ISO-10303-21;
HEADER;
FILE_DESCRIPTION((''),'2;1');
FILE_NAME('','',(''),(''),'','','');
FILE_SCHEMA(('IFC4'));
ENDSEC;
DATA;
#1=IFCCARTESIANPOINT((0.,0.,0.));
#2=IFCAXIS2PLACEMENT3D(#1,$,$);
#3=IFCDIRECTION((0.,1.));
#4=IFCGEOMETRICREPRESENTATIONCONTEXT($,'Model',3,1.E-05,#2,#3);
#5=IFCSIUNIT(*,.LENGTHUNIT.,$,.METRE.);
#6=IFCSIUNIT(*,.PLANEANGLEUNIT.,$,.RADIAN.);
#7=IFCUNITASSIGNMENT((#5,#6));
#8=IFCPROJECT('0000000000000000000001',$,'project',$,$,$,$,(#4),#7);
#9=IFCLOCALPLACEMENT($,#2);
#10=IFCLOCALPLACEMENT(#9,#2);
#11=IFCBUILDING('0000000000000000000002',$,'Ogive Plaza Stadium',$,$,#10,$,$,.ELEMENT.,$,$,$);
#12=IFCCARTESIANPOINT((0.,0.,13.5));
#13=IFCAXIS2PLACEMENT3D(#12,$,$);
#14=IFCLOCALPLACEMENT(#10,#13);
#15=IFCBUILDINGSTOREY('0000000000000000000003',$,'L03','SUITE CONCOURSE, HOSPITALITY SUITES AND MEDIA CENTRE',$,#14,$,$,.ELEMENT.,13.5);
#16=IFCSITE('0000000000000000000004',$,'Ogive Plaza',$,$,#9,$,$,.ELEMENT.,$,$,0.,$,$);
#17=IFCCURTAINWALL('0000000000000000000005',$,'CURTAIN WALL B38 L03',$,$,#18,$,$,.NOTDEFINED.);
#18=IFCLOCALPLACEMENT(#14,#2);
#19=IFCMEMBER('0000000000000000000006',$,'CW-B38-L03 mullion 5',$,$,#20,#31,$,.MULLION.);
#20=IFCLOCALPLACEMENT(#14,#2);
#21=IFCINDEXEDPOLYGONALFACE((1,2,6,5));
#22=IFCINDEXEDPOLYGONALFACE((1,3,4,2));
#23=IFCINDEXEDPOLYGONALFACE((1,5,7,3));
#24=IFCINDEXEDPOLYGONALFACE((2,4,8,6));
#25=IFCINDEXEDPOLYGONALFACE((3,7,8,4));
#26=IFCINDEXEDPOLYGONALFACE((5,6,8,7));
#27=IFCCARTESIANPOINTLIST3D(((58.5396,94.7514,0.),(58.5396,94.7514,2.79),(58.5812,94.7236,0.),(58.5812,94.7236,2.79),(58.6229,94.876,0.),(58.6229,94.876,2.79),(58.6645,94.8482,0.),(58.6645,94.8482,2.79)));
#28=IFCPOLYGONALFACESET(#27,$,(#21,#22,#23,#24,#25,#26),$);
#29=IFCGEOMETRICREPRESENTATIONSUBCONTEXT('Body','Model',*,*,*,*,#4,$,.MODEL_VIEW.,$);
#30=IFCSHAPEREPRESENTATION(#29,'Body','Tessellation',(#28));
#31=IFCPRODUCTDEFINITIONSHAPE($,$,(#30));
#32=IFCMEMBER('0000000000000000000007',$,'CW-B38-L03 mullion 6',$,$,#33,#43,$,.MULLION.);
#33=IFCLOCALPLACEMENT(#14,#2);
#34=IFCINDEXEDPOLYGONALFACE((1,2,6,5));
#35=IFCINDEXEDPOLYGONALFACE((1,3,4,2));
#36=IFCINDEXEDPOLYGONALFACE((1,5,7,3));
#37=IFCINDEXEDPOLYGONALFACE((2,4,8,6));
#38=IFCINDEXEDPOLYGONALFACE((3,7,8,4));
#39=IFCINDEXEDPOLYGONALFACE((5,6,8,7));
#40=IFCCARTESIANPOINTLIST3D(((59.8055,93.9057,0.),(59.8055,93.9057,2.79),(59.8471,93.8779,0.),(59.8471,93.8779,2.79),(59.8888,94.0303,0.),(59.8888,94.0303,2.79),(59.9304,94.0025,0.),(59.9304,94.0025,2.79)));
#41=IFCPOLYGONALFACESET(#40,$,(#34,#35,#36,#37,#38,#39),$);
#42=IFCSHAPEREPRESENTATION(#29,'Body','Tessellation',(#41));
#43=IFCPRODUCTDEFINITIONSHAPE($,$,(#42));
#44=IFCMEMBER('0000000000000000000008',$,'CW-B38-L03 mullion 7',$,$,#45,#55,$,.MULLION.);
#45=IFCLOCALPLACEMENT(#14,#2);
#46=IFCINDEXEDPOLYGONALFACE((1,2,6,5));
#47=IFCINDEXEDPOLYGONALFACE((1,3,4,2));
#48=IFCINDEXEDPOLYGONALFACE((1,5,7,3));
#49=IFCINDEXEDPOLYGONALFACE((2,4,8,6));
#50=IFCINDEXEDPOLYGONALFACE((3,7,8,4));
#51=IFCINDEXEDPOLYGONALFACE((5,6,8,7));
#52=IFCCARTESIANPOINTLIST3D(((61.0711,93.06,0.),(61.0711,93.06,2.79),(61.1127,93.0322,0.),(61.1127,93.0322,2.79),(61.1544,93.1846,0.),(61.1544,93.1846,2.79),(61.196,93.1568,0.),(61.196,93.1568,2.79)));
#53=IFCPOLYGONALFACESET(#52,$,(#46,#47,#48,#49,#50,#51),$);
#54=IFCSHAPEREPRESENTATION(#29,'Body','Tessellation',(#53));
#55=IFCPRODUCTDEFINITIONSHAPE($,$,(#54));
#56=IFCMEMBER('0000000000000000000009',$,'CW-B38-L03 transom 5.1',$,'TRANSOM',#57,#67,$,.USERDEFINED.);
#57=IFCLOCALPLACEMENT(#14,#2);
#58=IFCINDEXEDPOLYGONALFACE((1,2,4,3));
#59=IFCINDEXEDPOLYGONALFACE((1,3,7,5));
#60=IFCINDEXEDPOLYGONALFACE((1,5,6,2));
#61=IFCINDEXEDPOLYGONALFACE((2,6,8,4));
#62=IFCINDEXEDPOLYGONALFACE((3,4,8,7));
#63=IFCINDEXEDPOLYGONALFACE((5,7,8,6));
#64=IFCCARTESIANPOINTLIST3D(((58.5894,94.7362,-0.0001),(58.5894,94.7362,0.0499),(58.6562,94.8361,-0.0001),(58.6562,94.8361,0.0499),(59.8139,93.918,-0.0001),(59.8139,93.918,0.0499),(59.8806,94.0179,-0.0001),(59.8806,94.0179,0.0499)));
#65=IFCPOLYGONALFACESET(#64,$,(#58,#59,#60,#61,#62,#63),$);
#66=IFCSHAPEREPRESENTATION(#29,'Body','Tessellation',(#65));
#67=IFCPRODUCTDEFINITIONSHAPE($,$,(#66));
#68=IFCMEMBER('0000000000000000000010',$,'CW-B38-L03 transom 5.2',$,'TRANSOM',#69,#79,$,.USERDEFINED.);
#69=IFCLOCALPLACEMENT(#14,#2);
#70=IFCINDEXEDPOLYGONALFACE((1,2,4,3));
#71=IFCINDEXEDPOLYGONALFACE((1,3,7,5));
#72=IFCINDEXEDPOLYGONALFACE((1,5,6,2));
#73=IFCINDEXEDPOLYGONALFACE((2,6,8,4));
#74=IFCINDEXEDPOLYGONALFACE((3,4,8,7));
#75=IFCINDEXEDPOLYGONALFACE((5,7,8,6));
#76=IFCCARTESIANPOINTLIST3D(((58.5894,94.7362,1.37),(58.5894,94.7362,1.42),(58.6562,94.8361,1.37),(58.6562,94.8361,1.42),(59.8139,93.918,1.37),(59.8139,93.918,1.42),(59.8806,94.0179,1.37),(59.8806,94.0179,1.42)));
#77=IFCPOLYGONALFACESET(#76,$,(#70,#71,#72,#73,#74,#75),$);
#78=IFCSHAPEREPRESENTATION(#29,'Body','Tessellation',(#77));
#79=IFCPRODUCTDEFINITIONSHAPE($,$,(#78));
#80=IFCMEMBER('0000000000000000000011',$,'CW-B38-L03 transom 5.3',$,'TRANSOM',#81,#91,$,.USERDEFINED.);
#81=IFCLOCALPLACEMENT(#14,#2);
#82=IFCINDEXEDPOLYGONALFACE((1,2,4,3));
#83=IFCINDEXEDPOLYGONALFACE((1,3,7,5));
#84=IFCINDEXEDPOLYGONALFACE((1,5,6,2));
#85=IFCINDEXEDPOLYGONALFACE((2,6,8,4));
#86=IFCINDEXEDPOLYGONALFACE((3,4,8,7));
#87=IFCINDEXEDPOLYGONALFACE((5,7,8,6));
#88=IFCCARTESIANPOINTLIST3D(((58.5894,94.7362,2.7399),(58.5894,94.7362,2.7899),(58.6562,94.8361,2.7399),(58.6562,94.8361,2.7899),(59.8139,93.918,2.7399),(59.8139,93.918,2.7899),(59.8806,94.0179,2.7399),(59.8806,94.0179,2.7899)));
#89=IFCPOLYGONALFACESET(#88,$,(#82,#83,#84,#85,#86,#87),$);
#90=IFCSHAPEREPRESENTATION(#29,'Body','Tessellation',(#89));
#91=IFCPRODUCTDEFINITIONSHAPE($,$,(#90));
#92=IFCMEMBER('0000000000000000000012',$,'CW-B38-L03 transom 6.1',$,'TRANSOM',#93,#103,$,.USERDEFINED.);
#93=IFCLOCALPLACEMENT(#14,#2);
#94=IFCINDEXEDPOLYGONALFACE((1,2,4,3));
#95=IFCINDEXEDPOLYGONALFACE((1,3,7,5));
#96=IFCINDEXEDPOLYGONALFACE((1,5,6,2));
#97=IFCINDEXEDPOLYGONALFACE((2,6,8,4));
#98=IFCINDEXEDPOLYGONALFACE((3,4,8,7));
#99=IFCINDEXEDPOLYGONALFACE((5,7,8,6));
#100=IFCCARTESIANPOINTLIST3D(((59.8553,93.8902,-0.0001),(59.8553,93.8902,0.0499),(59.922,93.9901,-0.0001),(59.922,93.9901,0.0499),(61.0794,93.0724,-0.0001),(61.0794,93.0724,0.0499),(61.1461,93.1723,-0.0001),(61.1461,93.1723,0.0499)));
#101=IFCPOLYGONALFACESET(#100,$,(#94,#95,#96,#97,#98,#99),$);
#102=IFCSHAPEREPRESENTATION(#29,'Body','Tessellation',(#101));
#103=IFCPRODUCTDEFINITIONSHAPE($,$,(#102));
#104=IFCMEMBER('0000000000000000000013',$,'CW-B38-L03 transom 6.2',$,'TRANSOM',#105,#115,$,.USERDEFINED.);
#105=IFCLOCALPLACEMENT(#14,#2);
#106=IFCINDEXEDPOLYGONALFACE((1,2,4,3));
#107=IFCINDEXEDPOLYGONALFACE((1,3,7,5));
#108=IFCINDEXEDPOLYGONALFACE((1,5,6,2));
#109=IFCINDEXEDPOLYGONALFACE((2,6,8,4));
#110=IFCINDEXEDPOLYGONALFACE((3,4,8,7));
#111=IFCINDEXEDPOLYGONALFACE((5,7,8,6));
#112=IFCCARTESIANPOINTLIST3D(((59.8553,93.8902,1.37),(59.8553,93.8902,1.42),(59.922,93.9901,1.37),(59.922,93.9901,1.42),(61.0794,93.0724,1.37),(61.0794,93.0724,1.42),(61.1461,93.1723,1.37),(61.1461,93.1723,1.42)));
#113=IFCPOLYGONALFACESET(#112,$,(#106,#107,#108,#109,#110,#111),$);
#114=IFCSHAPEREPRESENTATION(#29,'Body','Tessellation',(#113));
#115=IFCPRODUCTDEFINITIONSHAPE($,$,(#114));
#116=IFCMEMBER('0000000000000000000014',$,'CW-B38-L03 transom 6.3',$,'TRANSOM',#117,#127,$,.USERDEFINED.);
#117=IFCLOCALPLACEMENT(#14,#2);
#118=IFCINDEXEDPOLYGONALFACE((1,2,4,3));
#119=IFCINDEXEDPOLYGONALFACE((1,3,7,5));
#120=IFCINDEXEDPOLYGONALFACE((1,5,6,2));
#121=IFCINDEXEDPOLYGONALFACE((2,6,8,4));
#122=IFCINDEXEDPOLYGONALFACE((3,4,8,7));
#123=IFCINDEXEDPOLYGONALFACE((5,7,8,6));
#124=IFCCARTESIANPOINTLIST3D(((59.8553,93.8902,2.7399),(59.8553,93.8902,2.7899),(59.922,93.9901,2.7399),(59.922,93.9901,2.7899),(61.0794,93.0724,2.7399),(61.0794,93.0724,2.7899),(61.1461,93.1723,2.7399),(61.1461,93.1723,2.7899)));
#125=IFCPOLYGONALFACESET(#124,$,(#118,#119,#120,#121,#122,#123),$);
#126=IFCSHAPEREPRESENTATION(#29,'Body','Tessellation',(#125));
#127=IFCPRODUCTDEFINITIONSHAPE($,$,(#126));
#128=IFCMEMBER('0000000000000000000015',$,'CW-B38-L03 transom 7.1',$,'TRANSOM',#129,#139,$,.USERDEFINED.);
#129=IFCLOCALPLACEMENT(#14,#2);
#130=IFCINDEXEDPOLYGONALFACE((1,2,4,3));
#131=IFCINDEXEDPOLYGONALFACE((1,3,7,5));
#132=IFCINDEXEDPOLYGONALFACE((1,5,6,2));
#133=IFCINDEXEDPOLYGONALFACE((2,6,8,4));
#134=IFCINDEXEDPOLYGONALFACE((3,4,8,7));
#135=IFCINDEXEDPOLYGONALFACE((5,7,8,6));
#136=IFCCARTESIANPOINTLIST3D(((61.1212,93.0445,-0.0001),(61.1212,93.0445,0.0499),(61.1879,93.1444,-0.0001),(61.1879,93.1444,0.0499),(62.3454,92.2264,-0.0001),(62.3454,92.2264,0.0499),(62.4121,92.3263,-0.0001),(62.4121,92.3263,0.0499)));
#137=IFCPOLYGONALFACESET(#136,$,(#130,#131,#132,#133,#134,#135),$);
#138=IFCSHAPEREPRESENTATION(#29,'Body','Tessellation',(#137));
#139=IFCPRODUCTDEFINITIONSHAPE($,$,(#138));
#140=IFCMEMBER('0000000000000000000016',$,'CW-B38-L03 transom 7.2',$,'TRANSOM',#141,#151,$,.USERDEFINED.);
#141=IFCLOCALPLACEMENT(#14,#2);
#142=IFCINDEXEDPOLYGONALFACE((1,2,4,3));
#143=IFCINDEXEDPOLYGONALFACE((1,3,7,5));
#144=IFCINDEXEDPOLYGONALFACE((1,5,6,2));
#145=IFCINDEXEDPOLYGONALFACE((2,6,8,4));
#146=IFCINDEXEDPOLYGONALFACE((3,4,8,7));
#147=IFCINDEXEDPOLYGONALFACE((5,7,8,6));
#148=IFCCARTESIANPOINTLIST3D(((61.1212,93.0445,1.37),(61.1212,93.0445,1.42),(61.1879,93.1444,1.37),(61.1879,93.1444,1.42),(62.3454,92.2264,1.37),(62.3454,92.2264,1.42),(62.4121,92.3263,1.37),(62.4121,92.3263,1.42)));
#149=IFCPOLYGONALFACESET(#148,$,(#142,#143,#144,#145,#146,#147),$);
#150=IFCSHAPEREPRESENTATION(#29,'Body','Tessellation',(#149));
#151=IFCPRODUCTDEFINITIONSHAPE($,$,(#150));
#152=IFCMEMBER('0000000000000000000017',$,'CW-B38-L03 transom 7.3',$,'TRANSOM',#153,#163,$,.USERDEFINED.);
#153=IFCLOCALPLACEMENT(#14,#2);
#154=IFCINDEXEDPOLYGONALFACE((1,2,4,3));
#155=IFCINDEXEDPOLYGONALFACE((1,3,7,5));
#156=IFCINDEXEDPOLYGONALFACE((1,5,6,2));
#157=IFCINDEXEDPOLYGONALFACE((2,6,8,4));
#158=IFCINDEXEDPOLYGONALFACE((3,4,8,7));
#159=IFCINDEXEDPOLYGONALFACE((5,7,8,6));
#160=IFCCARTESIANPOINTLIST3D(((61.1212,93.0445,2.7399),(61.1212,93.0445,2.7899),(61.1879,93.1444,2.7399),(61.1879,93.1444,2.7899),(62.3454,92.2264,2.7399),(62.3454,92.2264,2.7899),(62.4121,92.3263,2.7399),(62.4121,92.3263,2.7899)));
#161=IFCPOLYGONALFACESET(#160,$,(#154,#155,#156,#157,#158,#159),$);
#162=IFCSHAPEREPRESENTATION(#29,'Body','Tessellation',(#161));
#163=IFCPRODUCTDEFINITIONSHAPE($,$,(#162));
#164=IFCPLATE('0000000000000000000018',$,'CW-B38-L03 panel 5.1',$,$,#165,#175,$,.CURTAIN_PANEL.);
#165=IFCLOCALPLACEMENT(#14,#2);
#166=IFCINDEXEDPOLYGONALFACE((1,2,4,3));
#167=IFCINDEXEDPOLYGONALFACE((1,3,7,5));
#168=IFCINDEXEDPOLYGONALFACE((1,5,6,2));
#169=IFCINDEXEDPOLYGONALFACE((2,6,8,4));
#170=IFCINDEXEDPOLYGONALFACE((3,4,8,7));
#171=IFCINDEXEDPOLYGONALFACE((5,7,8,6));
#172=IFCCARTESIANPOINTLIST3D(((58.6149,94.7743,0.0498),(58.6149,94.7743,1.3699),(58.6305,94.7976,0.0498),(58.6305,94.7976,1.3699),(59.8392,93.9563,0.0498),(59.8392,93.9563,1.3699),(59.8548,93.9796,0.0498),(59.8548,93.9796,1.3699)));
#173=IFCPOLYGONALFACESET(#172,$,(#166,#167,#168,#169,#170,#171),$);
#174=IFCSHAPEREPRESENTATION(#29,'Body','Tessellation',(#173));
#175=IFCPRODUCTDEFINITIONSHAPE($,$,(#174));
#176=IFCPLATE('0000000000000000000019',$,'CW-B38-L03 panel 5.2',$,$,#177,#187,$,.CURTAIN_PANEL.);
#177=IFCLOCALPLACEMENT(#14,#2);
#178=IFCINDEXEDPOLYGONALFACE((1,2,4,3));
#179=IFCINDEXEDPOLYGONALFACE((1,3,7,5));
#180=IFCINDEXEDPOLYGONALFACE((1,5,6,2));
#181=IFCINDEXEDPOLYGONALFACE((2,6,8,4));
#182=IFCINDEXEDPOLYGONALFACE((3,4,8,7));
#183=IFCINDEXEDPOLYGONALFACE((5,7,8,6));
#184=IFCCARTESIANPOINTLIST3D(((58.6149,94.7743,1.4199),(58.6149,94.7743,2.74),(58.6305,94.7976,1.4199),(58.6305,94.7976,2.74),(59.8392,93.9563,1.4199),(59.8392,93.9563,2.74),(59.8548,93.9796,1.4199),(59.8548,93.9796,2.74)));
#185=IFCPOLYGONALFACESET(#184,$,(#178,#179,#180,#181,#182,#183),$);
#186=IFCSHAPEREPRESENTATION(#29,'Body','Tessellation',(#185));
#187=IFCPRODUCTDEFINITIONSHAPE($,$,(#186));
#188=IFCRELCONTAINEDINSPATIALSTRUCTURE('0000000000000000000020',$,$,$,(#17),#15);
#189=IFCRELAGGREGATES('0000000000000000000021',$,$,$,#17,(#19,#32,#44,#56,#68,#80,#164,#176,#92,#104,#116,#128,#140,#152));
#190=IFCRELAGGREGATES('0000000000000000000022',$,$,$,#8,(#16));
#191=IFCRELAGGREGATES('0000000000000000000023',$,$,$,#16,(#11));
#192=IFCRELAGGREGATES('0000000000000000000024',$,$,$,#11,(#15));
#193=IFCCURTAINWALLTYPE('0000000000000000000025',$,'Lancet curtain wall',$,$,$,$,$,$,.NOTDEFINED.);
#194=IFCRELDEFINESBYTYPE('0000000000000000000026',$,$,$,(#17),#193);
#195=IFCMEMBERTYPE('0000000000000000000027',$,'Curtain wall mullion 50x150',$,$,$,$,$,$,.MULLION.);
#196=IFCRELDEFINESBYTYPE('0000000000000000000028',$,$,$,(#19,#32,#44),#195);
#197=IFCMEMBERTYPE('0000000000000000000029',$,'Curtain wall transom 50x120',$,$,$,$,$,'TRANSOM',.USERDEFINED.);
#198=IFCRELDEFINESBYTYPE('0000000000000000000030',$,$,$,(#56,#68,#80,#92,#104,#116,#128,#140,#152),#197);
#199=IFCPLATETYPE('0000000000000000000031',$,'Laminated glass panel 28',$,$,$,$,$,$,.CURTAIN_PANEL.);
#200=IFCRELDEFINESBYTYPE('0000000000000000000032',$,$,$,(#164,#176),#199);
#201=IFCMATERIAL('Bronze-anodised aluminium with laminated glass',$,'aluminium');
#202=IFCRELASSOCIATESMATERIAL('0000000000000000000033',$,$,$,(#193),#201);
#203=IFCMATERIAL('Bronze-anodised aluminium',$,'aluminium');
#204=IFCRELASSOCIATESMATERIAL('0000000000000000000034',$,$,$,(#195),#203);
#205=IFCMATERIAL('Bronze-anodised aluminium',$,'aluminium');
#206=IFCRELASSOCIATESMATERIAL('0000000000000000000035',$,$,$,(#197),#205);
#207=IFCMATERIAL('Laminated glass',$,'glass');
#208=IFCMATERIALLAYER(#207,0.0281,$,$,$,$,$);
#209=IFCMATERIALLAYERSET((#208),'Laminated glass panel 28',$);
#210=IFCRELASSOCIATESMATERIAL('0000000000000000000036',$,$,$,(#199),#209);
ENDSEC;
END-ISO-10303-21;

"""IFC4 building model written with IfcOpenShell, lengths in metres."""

from ifc_helpers import new_model, si_unit, direction, frame, origin, origin_2d, place, context, subcontext, project, spatial, rectangle, extrude, material, layer, layer_set, material_profile, profile_set, type_object, element, aggregate, save


model = new_model("IFC4")

# Units and contexts
model_context = context("Model", 3, precision=1e-05, world=origin(), true_north=direction((0.0, 1.0)))
body_context = subcontext(model_context, "Body", "Model", "MODEL_VIEW")
ifc_project = project(units=[si_unit("LENGTHUNIT", "METRE"), si_unit("PLANEANGLEUNIT", "RADIAN")], contexts=[model_context])

# Site, building, storey
site_placement = place(None, origin())
site = spatial("IfcSite", under=ifc_project, at=site_placement, Name="Ogive Plaza", CompositionType="ELEMENT", RefElevation=0.0)
building_placement = place(site_placement, origin())
building = spatial("IfcBuilding", under=site, at=building_placement, Name="Ogive Plaza Stadium", CompositionType="ELEMENT")
storey_placement = place(building_placement, frame((0.0, 0.0, 13.5)))
storey = spatial("IfcBuildingStorey", under=building, at=storey_placement, Name="L03", Description="SUITE CONCOURSE, HOSPITALITY SUITES AND MEDIA CENTRE", CompositionType="ELEMENT", Elevation=13.5)

# Curtain wall, members, plates
ifc_material_1 = material(Name="Bronze-anodised aluminium with laminated glass", Category="aluminium")
curtain_wall_type = type_object("IfcCurtainWallType", Name="Lancet curtain wall", PredefinedType="NOTDEFINED", material=ifc_material_1)
curtain_wall_placement = place(storey_placement, origin())
curtain_wall = element("IfcCurtainWall", 1, at=curtain_wall_placement, inside=storey, type_object=curtain_wall_type, Name="CURTAIN WALL B38 L03", PredefinedType="NOTDEFINED")
ifc_material_2 = material(Name="Bronze-anodised aluminium", Category="aluminium")
ifc_material_profile_1 = material_profile(ifc_material_2, rectangle(XDim=0.1499, YDim=0.05, at=origin_2d()), Name="AL 150x50")
ifc_profile_set_1 = profile_set([ifc_material_profile_1], Name="Bronze-anodised aluminium")
member_type_1 = type_object("IfcMemberType", Name="Curtain wall mullion 50x150", PredefinedType="MULLION", material=ifc_profile_set_1)
member_1_placement = place(storey_placement, frame((58.6021, 94.7998, 0.0), z_axis=(0.0, 0.0, 1.0), x_axis=(0.55557, 0.83147, 0.0)))
member_1 = element("IfcMember", 2, at=member_1_placement, type_object=member_type_1, Name="CW-B38-L03 mullion 5", PredefinedType="MULLION", context=body_context, shape_type="SweptSolid", body=[
    extrude(rectangle(XDim=0.1499, YDim=0.05, at=origin_2d()), origin(), (0.0, 0.0, 1.0), 2.79),
])
member_2_placement = place(storey_placement, frame((59.8679, 93.9541, 0.0), z_axis=(0.0, 0.0, 1.0), x_axis=(0.55557, 0.83147, 0.0)))
member_2 = element("IfcMember", 3, at=member_2_placement, type_object=member_type_1, Name="CW-B38-L03 mullion 6", PredefinedType="MULLION", context=body_context, shape_type="SweptSolid", body=[
    extrude(rectangle(XDim=0.1499, YDim=0.05, at=origin_2d()), origin(), (0.0, 0.0, 1.0), 2.79),
])
member_3_placement = place(storey_placement, frame((61.1335, 93.1084, 0.0), z_axis=(0.0, 0.0, 1.0), x_axis=(0.55557, 0.83147, 0.0)))
member_3 = element("IfcMember", 4, at=member_3_placement, type_object=member_type_1, Name="CW-B38-L03 mullion 7", PredefinedType="MULLION", context=body_context, shape_type="SweptSolid", body=[
    extrude(rectangle(XDim=0.1499, YDim=0.05, at=origin_2d()), origin(), (0.0, 0.0, 1.0), 2.79),
])
ifc_material_3 = material(Name="Bronze-anodised aluminium", Category="aluminium")
ifc_material_profile_2 = material_profile(ifc_material_3, rectangle(XDim=0.1201, YDim=0.05, at=origin_2d()), Name="AL 120x50")
ifc_profile_set_2 = profile_set([ifc_material_profile_2], Name="Bronze-anodised aluminium")
member_type_2 = type_object("IfcMemberType", Name="Curtain wall transom 50x120", ElementType="TRANSOM", PredefinedType="USERDEFINED", material=ifc_profile_set_2)
member_4_placement = place(storey_placement, frame((58.6228, 94.7861, 0.0249), z_axis=(0.831463, -0.55558, 0.0), x_axis=(0.55558, 0.831463, 0.0)))
member_4 = element("IfcMember", 5, at=member_4_placement, type_object=member_type_2, Name="CW-B38-L03 transom 5.1", ObjectType="TRANSOM", PredefinedType="USERDEFINED", context=body_context, shape_type="SweptSolid", body=[
    extrude(rectangle(XDim=0.1201, YDim=0.05, at=origin_2d()), origin(), (0.0, 0.0, 1.0), 1.4727),
])
member_5_placement = place(storey_placement, frame((58.6228, 94.7861, 1.395), z_axis=(0.831463, -0.55558, 0.0), x_axis=(0.55558, 0.831463, 0.0)))
member_5 = element("IfcMember", 6, at=member_5_placement, type_object=member_type_2, Name="CW-B38-L03 transom 5.2", ObjectType="TRANSOM", PredefinedType="USERDEFINED", context=body_context, shape_type="SweptSolid", body=[
    extrude(rectangle(XDim=0.1201, YDim=0.05, at=origin_2d()), origin(), (0.0, 0.0, 1.0), 1.4727),
])
member_6_placement = place(storey_placement, frame((58.6228, 94.7861, 2.7649), z_axis=(0.831463, -0.55558, 0.0), x_axis=(0.55558, 0.831463, 0.0)))
member_6 = element("IfcMember", 7, at=member_6_placement, type_object=member_type_2, Name="CW-B38-L03 transom 5.3", ObjectType="TRANSOM", PredefinedType="USERDEFINED", context=body_context, shape_type="SweptSolid", body=[
    extrude(rectangle(XDim=0.1201, YDim=0.05, at=origin_2d()), origin(), (0.0, 0.0, 1.0), 1.4727),
])
member_7_placement = place(storey_placement, frame((59.8887, 93.9402, 0.0249), z_axis=(0.831489, -0.555542, 0.0), x_axis=(0.555542, 0.831489, 0.0)))
member_7 = element("IfcMember", 8, at=member_7_placement, type_object=member_type_2, Name="CW-B38-L03 transom 6.1", ObjectType="TRANSOM", PredefinedType="USERDEFINED", context=body_context, shape_type="SweptSolid", body=[
    extrude(rectangle(XDim=0.1201, YDim=0.05, at=origin_2d()), origin(), (0.0, 0.0, 1.0), 1.4722),
])
member_8_placement = place(storey_placement, frame((59.8887, 93.9402, 1.395), z_axis=(0.831489, -0.555542, 0.0), x_axis=(0.555542, 0.831489, 0.0)))
member_8 = element("IfcMember", 9, at=member_8_placement, type_object=member_type_2, Name="CW-B38-L03 transom 6.2", ObjectType="TRANSOM", PredefinedType="USERDEFINED", context=body_context, shape_type="SweptSolid", body=[
    extrude(rectangle(XDim=0.1201, YDim=0.05, at=origin_2d()), origin(), (0.0, 0.0, 1.0), 1.4722),
])
member_9_placement = place(storey_placement, frame((59.8887, 93.9402, 2.7649), z_axis=(0.831489, -0.555542, 0.0), x_axis=(0.555542, 0.831489, 0.0)))
member_9 = element("IfcMember", 10, at=member_9_placement, type_object=member_type_2, Name="CW-B38-L03 transom 6.3", ObjectType="TRANSOM", PredefinedType="USERDEFINED", context=body_context, shape_type="SweptSolid", body=[
    extrude(rectangle(XDim=0.1201, YDim=0.05, at=origin_2d()), origin(), (0.0, 0.0, 1.0), 1.4722),
])
member_10_placement = place(storey_placement, frame((61.1545, 93.0945, 0.0249), z_axis=(0.831412, -0.555656, 0.0), x_axis=(0.555656, 0.831412, 0.0)))
member_10 = element("IfcMember", 11, at=member_10_placement, type_object=member_type_2, Name="CW-B38-L03 transom 7.1", ObjectType="TRANSOM", PredefinedType="USERDEFINED", context=body_context, shape_type="SweptSolid", body=[
    extrude(rectangle(XDim=0.1201, YDim=0.05, at=origin_2d()), origin(), (0.0, 0.0, 1.0), 1.4724),
])
member_11_placement = place(storey_placement, frame((61.1545, 93.0945, 1.395), z_axis=(0.831412, -0.555656, 0.0), x_axis=(0.555656, 0.831412, 0.0)))
member_11 = element("IfcMember", 12, at=member_11_placement, type_object=member_type_2, Name="CW-B38-L03 transom 7.2", ObjectType="TRANSOM", PredefinedType="USERDEFINED", context=body_context, shape_type="SweptSolid", body=[
    extrude(rectangle(XDim=0.1201, YDim=0.05, at=origin_2d()), origin(), (0.0, 0.0, 1.0), 1.4724),
])
member_12_placement = place(storey_placement, frame((61.1545, 93.0945, 2.7649), z_axis=(0.831412, -0.555656, 0.0), x_axis=(0.555656, 0.831412, 0.0)))
member_12 = element("IfcMember", 13, at=member_12_placement, type_object=member_type_2, Name="CW-B38-L03 transom 7.3", ObjectType="TRANSOM", PredefinedType="USERDEFINED", context=body_context, shape_type="SweptSolid", body=[
    extrude(rectangle(XDim=0.1201, YDim=0.05, at=origin_2d()), origin(), (0.0, 0.0, 1.0), 1.4724),
])
ifc_material_4 = material(Name="Laminated glass", Category="glass")
ifc_layer_1 = layer(ifc_material_4, 0.0281)
ifc_layer_set_1 = layer_set([ifc_layer_1], Name="Laminated glass panel 28")
plate_type = type_object("IfcPlateType", Name="Laminated glass panel 28", PredefinedType="CURTAIN_PANEL", material=ifc_layer_set_1)
plate_1_placement = place(storey_placement, frame((59.2349, 94.377, 0.0498), z_axis=(0.0, 0.0, 1.0), x_axis=(0.83147, -0.55557, 0.0)))
plate_1 = element("IfcPlate", 14, at=plate_1_placement, type_object=plate_type, Name="CW-B38-L03 panel 5.1", PredefinedType="CURTAIN_PANEL", context=body_context, shape_type="SweptSolid", body=[
    extrude(rectangle(XDim=1.4724, YDim=0.0281, at=origin_2d()), origin(), (0.0, 0.0, 1.0), 1.3201),
])
plate_2_placement = place(storey_placement, frame((59.2349, 94.377, 1.4199), z_axis=(0.0, 0.0, 1.0), x_axis=(0.83147, -0.55557, 0.0)))
plate_2 = element("IfcPlate", 15, at=plate_2_placement, type_object=plate_type, Name="CW-B38-L03 panel 5.2", PredefinedType="CURTAIN_PANEL", context=body_context, shape_type="SweptSolid", body=[
    extrude(rectangle(XDim=1.4724, YDim=0.0281, at=origin_2d()), origin(), (0.0, 0.0, 1.0), 1.3201),
])
aggregate(curtain_wall, [member_1, member_2, member_3, member_4, member_5, member_6, plate_1, plate_2, member_7, member_8, member_9, member_10, member_11, member_12])

save(model, "model.ifc")
